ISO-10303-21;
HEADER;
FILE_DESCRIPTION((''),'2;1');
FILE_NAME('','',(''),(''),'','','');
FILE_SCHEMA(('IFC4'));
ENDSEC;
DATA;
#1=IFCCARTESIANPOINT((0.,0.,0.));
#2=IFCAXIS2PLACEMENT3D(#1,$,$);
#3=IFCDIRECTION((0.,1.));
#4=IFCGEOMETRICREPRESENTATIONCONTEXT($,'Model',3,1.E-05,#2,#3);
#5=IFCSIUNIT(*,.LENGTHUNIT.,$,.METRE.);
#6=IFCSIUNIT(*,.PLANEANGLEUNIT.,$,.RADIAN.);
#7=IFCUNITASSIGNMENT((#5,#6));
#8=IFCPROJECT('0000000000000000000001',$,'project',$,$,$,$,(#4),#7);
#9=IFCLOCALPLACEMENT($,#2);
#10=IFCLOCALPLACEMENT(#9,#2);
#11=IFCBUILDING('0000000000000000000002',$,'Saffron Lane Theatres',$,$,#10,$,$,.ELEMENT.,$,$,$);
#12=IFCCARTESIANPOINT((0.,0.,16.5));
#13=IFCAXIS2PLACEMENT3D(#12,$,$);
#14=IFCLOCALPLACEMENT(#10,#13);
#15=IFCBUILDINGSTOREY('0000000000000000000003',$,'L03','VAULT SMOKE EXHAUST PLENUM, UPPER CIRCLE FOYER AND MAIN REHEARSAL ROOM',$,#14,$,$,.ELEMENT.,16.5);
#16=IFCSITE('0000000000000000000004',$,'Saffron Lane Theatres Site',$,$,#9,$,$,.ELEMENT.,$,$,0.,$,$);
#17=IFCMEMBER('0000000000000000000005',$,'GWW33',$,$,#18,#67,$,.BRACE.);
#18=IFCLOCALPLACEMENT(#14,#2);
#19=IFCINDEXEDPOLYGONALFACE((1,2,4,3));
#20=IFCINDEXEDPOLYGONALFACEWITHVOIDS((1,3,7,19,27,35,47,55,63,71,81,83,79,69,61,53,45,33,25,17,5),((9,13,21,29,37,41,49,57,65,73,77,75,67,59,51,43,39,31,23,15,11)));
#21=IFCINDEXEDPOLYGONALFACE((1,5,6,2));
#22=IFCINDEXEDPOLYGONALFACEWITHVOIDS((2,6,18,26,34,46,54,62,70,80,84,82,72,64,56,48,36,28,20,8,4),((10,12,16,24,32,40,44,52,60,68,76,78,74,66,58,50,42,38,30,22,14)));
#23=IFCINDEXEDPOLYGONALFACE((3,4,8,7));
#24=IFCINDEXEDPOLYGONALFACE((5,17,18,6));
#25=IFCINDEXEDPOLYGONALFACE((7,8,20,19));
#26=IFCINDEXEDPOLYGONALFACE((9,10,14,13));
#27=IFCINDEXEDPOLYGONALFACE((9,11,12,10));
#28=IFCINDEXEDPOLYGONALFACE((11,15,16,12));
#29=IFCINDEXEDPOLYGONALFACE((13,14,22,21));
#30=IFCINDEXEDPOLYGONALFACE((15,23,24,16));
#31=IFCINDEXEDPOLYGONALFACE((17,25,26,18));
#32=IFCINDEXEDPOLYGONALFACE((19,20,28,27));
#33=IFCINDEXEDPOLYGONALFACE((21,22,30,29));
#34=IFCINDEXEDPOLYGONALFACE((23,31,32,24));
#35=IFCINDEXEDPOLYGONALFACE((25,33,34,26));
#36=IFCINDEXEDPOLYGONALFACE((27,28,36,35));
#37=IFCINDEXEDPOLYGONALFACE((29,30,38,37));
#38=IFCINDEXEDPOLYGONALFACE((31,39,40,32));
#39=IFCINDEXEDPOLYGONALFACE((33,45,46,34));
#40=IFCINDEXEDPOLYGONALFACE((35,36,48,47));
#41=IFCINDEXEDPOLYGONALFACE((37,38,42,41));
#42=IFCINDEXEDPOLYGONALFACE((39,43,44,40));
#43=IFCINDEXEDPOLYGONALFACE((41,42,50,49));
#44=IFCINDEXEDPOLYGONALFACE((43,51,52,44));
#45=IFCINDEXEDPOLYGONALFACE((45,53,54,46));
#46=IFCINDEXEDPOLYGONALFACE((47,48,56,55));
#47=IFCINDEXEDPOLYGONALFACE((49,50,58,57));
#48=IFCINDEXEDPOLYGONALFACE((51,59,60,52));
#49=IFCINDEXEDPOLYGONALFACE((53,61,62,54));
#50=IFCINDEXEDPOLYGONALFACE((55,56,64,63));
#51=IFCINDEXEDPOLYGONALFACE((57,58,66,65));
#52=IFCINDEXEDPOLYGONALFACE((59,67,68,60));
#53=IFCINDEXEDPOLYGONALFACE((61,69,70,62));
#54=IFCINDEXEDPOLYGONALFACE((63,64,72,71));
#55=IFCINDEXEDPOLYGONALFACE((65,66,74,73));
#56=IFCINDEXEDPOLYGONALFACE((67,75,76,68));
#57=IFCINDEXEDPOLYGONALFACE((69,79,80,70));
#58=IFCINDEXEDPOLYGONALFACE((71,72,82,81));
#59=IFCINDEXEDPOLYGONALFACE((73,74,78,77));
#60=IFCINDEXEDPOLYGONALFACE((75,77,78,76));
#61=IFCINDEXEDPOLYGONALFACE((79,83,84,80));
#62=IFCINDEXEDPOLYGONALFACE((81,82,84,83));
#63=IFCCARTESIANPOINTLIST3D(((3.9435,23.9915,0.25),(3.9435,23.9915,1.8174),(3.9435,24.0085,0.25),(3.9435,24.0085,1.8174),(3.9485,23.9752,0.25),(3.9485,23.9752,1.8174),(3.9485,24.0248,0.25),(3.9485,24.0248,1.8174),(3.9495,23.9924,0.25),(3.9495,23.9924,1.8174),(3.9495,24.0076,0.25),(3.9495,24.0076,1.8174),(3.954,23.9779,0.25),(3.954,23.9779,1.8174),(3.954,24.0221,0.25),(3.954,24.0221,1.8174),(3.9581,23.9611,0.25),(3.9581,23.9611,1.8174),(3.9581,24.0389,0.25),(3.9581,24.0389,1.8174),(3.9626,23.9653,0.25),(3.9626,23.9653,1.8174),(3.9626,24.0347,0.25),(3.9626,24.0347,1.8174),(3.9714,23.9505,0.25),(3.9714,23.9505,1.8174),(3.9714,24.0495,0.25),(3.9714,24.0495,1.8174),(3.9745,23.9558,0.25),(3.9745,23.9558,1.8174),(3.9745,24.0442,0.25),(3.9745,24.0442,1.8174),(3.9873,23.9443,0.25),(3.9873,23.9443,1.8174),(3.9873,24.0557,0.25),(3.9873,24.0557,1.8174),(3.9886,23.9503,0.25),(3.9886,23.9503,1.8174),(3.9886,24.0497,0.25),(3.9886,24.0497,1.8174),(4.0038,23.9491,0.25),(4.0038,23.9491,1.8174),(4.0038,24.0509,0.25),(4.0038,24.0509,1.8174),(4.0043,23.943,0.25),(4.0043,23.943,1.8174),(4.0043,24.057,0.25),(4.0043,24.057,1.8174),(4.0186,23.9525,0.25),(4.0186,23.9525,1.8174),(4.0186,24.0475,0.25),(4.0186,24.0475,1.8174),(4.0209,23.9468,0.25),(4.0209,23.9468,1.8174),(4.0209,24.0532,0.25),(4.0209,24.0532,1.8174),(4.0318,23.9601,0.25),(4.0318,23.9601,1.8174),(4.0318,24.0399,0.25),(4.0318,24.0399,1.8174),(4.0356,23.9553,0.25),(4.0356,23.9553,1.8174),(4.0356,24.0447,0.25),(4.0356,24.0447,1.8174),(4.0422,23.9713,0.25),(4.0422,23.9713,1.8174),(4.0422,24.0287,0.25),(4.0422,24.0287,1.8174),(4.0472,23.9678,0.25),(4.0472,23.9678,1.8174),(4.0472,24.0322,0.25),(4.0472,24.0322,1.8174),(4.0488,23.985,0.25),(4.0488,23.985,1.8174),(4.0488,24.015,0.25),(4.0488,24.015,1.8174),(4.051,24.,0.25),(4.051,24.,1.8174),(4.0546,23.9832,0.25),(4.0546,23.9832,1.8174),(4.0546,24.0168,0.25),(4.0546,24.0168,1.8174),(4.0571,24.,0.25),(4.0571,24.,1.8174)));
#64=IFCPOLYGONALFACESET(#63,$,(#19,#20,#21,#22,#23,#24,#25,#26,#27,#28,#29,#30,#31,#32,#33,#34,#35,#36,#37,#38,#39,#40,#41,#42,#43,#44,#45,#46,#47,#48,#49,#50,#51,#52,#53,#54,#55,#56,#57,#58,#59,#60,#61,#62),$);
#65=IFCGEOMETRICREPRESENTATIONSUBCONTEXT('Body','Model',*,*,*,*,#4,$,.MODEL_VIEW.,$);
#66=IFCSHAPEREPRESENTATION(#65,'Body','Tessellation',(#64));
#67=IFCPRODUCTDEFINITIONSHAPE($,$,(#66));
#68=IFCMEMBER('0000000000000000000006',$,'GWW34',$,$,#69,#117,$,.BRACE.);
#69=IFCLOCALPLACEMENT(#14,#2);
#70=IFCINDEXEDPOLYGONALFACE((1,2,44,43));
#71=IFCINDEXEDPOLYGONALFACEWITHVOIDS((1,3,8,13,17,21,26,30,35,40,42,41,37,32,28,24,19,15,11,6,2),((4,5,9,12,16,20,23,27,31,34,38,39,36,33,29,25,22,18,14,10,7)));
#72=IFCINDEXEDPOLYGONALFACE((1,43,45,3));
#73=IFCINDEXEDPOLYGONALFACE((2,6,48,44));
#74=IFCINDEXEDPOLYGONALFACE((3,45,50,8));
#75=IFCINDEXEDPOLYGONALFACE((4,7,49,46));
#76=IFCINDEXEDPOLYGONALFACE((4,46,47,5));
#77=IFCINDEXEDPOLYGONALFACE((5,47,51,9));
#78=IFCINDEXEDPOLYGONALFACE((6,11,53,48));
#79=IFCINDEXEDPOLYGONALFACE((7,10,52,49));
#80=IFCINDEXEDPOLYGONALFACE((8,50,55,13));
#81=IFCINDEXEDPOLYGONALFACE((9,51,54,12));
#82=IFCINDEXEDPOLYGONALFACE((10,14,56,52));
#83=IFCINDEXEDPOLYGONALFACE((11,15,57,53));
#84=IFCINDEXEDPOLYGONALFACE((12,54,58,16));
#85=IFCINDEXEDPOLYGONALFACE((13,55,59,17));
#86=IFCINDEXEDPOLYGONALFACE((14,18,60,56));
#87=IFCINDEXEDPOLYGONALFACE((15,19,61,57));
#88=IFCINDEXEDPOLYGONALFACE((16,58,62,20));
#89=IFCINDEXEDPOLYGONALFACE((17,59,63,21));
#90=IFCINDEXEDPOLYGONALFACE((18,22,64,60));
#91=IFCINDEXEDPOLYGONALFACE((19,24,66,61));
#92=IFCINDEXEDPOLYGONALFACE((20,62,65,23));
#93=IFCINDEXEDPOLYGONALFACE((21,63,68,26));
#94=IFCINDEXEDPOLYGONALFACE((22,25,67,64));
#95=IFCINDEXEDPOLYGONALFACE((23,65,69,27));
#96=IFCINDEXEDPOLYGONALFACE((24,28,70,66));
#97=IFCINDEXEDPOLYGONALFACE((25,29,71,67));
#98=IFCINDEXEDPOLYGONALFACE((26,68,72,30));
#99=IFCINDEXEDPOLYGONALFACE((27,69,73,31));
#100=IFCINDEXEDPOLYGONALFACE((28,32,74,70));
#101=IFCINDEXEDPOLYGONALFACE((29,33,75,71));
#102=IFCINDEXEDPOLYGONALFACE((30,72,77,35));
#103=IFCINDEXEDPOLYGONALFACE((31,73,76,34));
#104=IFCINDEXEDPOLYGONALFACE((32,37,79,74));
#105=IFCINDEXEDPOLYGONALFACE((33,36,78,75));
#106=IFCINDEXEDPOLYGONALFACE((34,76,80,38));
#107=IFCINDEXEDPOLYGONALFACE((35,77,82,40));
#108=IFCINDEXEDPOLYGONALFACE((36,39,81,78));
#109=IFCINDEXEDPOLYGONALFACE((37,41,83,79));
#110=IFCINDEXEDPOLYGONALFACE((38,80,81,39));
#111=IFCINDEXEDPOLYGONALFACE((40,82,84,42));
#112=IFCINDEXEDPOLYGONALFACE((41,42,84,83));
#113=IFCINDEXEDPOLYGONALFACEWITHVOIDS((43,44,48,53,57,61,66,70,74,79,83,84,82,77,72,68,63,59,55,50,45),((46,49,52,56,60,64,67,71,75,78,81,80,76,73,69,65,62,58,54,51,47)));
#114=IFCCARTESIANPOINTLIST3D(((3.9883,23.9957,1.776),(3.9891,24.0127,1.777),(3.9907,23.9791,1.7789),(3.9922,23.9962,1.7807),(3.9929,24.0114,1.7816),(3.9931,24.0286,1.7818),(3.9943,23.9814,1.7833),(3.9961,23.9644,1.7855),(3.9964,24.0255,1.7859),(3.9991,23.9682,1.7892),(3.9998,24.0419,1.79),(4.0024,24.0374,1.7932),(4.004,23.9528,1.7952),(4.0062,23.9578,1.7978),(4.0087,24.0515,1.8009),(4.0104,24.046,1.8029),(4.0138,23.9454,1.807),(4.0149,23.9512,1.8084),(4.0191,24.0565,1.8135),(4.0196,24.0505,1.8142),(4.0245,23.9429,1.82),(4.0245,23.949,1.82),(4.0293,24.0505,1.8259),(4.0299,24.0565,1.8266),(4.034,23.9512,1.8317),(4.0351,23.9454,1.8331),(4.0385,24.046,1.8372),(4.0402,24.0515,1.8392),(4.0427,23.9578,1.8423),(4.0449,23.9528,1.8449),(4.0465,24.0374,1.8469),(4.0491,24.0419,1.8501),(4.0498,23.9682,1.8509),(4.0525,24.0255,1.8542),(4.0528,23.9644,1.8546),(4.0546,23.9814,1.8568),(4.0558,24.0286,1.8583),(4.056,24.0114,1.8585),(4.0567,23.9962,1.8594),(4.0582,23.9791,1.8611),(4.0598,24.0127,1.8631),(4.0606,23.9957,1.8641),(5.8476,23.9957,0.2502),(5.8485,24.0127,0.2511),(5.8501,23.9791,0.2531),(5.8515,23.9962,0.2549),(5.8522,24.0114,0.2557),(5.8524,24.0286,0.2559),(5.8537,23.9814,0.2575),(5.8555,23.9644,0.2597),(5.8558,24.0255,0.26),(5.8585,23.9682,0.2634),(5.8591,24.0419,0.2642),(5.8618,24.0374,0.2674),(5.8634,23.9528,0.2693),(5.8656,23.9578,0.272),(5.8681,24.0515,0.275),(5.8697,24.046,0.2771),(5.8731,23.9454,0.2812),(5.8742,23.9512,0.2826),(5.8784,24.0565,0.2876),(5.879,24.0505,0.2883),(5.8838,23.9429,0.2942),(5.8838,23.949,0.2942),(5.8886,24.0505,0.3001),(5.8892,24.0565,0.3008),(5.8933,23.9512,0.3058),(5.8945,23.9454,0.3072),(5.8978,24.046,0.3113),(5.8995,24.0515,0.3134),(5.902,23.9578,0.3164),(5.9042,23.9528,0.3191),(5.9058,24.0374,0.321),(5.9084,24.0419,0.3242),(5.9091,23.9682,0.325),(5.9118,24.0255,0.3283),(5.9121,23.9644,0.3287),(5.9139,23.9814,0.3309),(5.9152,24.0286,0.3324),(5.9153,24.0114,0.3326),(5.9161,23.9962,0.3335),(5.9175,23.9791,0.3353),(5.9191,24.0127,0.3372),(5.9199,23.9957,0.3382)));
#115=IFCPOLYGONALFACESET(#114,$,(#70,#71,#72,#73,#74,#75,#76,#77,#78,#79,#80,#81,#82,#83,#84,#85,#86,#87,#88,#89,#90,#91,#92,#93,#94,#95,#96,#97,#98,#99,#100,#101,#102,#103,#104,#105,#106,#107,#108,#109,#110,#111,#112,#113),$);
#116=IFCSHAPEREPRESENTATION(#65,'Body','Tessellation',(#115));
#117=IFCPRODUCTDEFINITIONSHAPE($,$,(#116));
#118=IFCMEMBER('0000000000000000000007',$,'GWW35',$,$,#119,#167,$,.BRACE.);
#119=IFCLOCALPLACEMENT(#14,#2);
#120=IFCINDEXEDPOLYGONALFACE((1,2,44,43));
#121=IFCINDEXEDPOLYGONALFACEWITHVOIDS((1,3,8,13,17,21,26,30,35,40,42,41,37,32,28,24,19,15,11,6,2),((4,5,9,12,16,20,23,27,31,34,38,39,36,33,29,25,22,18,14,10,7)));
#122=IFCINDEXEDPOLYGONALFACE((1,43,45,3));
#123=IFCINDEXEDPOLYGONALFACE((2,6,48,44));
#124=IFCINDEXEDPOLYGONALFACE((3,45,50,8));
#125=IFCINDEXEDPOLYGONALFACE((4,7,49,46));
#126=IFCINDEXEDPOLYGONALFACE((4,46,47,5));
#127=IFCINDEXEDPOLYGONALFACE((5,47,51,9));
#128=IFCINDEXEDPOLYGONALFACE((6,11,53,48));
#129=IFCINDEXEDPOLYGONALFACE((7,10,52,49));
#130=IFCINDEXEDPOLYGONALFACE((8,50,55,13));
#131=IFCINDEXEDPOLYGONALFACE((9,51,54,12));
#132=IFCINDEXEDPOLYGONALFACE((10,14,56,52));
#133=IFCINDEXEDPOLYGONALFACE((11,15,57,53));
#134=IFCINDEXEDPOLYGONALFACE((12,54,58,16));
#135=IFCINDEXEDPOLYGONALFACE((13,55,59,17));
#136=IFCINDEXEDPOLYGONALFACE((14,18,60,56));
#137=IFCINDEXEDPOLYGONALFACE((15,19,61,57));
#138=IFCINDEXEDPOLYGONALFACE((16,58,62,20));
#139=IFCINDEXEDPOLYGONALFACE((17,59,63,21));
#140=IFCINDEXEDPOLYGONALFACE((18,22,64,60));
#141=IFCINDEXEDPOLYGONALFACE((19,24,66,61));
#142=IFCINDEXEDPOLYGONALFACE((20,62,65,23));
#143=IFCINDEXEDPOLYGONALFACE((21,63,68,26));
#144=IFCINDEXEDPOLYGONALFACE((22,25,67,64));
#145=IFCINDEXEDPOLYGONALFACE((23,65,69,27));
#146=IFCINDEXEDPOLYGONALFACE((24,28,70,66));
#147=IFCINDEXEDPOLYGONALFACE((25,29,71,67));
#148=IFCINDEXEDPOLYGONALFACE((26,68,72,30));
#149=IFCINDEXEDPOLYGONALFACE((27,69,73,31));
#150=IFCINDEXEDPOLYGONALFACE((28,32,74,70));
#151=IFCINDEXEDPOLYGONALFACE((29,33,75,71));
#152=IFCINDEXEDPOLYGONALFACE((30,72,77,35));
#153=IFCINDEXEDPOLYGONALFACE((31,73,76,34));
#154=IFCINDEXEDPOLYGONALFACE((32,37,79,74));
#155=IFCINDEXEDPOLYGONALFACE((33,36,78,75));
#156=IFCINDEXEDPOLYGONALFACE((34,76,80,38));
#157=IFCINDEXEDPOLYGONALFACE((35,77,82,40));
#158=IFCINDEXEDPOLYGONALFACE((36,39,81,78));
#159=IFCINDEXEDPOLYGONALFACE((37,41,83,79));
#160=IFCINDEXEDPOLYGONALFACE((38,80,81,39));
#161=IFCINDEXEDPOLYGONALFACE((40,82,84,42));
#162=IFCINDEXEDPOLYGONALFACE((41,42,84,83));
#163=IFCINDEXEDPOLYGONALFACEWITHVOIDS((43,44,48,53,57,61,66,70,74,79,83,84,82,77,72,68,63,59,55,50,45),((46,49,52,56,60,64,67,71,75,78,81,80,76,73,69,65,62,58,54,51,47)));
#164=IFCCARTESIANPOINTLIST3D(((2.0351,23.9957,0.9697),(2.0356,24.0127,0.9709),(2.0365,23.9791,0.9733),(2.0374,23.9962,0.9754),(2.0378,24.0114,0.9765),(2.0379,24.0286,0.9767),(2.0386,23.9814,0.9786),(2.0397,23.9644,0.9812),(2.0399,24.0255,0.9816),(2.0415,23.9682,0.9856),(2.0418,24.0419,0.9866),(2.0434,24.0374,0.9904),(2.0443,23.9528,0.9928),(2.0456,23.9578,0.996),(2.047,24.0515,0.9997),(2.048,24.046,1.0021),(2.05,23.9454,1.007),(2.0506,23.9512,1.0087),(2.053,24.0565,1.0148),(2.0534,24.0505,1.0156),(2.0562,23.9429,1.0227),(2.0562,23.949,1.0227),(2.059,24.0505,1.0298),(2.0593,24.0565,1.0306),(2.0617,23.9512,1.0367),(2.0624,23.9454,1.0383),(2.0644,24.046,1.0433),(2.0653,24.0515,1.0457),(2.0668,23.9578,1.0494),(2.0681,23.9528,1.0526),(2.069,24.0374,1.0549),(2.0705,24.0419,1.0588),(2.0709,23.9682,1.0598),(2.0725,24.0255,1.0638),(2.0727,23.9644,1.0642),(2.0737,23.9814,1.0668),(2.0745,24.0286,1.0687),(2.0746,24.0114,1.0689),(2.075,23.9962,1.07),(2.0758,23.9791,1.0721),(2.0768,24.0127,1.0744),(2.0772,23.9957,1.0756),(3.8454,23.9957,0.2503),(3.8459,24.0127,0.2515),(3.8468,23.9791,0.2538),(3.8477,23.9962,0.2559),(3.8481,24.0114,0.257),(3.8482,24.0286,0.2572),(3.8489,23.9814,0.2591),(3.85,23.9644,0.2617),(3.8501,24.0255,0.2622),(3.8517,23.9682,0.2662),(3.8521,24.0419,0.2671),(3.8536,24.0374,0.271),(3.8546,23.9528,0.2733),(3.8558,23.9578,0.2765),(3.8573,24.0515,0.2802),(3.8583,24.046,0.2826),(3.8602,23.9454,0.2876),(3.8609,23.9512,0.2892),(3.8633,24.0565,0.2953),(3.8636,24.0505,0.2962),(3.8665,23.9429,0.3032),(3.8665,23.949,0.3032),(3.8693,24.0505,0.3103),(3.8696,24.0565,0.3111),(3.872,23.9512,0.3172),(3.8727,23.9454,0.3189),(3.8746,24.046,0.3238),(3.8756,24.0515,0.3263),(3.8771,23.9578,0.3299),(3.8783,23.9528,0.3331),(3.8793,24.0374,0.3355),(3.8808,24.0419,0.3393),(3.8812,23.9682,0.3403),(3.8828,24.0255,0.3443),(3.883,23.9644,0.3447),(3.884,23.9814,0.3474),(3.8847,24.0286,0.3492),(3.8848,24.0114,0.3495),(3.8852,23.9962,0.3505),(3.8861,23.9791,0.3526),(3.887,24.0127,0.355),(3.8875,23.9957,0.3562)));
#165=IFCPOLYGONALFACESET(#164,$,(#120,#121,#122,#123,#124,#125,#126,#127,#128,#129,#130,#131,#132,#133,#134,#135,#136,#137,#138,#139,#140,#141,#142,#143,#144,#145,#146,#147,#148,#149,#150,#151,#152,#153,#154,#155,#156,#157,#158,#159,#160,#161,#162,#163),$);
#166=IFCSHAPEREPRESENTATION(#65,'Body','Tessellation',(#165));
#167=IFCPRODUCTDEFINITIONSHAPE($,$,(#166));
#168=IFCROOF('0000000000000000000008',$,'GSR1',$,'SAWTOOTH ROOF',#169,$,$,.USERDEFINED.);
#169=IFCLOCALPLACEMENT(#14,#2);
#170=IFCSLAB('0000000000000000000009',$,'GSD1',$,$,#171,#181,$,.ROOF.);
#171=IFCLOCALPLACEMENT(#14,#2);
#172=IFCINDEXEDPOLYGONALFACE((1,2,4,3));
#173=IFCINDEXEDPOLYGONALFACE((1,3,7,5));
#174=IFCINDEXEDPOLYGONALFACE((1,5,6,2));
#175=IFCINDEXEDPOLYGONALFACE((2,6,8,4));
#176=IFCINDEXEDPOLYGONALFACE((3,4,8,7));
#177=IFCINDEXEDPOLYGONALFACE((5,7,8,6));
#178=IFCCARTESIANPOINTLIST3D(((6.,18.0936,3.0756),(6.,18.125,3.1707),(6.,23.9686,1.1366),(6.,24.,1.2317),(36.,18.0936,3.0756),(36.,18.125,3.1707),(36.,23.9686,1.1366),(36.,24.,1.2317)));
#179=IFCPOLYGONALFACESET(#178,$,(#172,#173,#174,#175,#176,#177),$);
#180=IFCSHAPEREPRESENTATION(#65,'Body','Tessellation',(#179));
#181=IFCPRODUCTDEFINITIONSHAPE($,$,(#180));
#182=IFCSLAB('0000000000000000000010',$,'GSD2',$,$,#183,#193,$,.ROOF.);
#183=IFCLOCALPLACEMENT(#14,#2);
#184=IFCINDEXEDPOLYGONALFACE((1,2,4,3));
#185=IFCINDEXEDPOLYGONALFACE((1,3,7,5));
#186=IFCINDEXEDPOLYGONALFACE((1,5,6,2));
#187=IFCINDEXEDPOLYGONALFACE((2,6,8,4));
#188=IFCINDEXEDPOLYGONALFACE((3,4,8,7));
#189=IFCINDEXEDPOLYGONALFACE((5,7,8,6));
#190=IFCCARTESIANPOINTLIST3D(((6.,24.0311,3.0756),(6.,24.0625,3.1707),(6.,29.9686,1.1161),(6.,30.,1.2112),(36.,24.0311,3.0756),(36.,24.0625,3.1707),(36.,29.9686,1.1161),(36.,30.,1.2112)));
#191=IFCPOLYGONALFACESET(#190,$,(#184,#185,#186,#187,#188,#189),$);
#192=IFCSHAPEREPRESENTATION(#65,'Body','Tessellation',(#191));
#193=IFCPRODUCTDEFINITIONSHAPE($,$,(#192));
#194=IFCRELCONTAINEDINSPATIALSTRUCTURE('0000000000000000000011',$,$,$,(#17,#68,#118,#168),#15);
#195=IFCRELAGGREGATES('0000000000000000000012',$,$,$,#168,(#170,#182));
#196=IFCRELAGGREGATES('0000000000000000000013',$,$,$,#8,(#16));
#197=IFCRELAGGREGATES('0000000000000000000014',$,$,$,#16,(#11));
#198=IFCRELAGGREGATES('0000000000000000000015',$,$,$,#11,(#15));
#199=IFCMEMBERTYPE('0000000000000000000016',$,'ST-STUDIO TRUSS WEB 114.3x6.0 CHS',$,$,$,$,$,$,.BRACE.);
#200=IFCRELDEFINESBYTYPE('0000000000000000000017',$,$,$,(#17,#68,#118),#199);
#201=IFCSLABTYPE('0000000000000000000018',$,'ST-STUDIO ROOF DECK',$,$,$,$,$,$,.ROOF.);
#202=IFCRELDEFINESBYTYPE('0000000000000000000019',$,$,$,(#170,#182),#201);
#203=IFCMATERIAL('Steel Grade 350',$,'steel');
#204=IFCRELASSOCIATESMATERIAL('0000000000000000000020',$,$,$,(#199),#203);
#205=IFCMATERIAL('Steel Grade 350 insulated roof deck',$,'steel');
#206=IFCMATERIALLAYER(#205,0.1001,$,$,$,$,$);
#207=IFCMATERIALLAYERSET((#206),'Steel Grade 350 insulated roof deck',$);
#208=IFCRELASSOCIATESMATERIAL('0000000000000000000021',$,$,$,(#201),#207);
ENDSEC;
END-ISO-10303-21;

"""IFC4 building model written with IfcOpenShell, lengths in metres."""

from ifc_helpers import new_model, si_unit, direction, frame, origin, origin_2d, place, context, subcontext, project, spatial, polyline, hollow_circle, outline, extrude, material, layer, layer_set, material_profile, profile_set, type_object, element, aggregate, save


model = new_model("IFC4")

# Units and contexts
model_context = context("Model", 3, precision=1e-05, world=origin(), true_north=direction((0.0, 1.0)))
body_context = subcontext(model_context, "Body", "Model", "MODEL_VIEW")
ifc_project = project(units=[si_unit("LENGTHUNIT", "METRE"), si_unit("PLANEANGLEUNIT", "RADIAN")], contexts=[model_context])

# Site, building, storey
site_placement = place(None, origin())
site = spatial("IfcSite", under=ifc_project, at=site_placement, Name="Saffron Lane Theatres Site", CompositionType="ELEMENT", RefElevation=0.0)
building_placement = place(site_placement, origin())
building = spatial("IfcBuilding", under=site, at=building_placement, Name="Saffron Lane Theatres", CompositionType="ELEMENT")
storey_placement = place(building_placement, frame((0.0, 0.0, 16.5)))
storey = spatial("IfcBuildingStorey", under=building, at=storey_placement, Name="L03", Description="VAULT SMOKE EXHAUST PLENUM, UPPER CIRCLE FOYER AND MAIN REHEARSAL ROOM", CompositionType="ELEMENT", Elevation=16.5)

# Members
ifc_material_1 = material(Name="Steel Grade 350", Category="steel")
ifc_material_profile_1 = material_profile(ifc_material_1, hollow_circle(Radius=0.0571, WallThickness=0.0061, at=origin_2d()))
ifc_profile_set_1 = profile_set([ifc_material_profile_1], Name="Steel Grade 350")
member_type_1 = type_object("IfcMemberType", Name="ST-STUDIO TRUSS WEB 114.3x6.0 CHS", PredefinedType="BRACE", material=ifc_profile_set_1)
member_1_placement = place(storey_placement, frame((4.0, 24.0, 0.25), z_axis=(0.0, 0.0, 1.0), x_axis=(1.0, 0.0, 0.0)))
element("IfcMember", 1, at=member_1_placement, inside=storey, type_object=member_type_1, Name="GWW33", PredefinedType="BRACE", context=body_context, shape_type="SweptSolid", body=[
    extrude(hollow_circle(Radius=0.0571, WallThickness=0.0061, at=origin_2d()), origin(), (0.0, 0.0, 1.0), 1.5674),
])
member_2_placement = place(storey_placement, frame((5.8838, 24.0, 0.2942), z_axis=(-0.773025, 0.0, 0.634376), x_axis=(0.0, -1.0, 0.0)))
element("IfcMember", 2, at=member_2_placement, inside=storey, type_object=member_type_1, Name="GWW34", PredefinedType="BRACE", context=body_context, shape_type="SweptSolid", body=[
    extrude(hollow_circle(Radius=0.0571, WallThickness=0.0061, at=origin_2d()), origin(), (0.0, 0.0, 1.0), 2.4053),
])
member_3_placement = place(storey_placement, frame((3.8665, 24.0, 0.3032), z_axis=(-0.929296, 0.0, 0.369337), x_axis=(0.0, -1.0, 0.0)))
element("IfcMember", 3, at=member_3_placement, inside=storey, type_object=member_type_1, Name="GWW35", PredefinedType="BRACE", context=body_context, shape_type="SweptSolid", body=[
    extrude(hollow_circle(Radius=0.0571, WallThickness=0.0061, at=origin_2d()), origin(), (0.0, 0.0, 1.0), 1.948),
])

# Roof, slabs
roof_placement = place(storey_placement, origin())
roof = element("IfcRoof", 4, at=roof_placement, inside=storey, Name="GSR1", ObjectType="SAWTOOTH ROOF", PredefinedType="USERDEFINED")
ifc_material_2 = material(Name="Steel Grade 350 insulated roof deck", Category="steel")
ifc_layer_1 = layer(ifc_material_2, 0.1001)
ifc_layer_set_1 = layer_set([ifc_layer_1], Name="Steel Grade 350 insulated roof deck")
slab_type = type_object("IfcSlabType", Name="ST-STUDIO ROOF DECK", PredefinedType="ROOF", material=ifc_layer_set_1)
slab_1_placement = place(storey_placement, frame((6.0, 18.125, 3.1707), z_axis=(0.0, 0.313409, 0.949618), x_axis=(1.0, 0.0, 0.0)))
slab_1 = element("IfcSlab", 5, at=slab_1_placement, type_object=slab_type, Name="GSD1", PredefinedType="ROOF", context=body_context, shape_type="SweptSolid", body=[
    extrude(outline(polyline([(0.0, 0.0), (30.0, 0.0), (30.0, 6.1867), (0.0, 6.1867), (0.0, 0.0)])), origin(), (0.0, 0.0, -1.0), 0.1001),
])
slab_2_placement = place(storey_placement, frame((6.0, 24.0625, 3.1707), z_axis=(0.0, 0.313392, 0.949624), x_axis=(1.0, 0.0, 0.0)))
slab_2 = element("IfcSlab", 6, at=slab_2_placement, type_object=slab_type, Name="GSD2", PredefinedType="ROOF", context=body_context, shape_type="SweptSolid", body=[
    extrude(outline(polyline([(0.0, 0.0), (30.0, 0.0), (30.0, 6.2525), (0.0, 6.2525), (0.0, 0.0)])), origin(), (0.0, 0.0, -1.0), 0.1001),
])
aggregate(roof, [slab_1, slab_2])

save(model, "model.ifc")
